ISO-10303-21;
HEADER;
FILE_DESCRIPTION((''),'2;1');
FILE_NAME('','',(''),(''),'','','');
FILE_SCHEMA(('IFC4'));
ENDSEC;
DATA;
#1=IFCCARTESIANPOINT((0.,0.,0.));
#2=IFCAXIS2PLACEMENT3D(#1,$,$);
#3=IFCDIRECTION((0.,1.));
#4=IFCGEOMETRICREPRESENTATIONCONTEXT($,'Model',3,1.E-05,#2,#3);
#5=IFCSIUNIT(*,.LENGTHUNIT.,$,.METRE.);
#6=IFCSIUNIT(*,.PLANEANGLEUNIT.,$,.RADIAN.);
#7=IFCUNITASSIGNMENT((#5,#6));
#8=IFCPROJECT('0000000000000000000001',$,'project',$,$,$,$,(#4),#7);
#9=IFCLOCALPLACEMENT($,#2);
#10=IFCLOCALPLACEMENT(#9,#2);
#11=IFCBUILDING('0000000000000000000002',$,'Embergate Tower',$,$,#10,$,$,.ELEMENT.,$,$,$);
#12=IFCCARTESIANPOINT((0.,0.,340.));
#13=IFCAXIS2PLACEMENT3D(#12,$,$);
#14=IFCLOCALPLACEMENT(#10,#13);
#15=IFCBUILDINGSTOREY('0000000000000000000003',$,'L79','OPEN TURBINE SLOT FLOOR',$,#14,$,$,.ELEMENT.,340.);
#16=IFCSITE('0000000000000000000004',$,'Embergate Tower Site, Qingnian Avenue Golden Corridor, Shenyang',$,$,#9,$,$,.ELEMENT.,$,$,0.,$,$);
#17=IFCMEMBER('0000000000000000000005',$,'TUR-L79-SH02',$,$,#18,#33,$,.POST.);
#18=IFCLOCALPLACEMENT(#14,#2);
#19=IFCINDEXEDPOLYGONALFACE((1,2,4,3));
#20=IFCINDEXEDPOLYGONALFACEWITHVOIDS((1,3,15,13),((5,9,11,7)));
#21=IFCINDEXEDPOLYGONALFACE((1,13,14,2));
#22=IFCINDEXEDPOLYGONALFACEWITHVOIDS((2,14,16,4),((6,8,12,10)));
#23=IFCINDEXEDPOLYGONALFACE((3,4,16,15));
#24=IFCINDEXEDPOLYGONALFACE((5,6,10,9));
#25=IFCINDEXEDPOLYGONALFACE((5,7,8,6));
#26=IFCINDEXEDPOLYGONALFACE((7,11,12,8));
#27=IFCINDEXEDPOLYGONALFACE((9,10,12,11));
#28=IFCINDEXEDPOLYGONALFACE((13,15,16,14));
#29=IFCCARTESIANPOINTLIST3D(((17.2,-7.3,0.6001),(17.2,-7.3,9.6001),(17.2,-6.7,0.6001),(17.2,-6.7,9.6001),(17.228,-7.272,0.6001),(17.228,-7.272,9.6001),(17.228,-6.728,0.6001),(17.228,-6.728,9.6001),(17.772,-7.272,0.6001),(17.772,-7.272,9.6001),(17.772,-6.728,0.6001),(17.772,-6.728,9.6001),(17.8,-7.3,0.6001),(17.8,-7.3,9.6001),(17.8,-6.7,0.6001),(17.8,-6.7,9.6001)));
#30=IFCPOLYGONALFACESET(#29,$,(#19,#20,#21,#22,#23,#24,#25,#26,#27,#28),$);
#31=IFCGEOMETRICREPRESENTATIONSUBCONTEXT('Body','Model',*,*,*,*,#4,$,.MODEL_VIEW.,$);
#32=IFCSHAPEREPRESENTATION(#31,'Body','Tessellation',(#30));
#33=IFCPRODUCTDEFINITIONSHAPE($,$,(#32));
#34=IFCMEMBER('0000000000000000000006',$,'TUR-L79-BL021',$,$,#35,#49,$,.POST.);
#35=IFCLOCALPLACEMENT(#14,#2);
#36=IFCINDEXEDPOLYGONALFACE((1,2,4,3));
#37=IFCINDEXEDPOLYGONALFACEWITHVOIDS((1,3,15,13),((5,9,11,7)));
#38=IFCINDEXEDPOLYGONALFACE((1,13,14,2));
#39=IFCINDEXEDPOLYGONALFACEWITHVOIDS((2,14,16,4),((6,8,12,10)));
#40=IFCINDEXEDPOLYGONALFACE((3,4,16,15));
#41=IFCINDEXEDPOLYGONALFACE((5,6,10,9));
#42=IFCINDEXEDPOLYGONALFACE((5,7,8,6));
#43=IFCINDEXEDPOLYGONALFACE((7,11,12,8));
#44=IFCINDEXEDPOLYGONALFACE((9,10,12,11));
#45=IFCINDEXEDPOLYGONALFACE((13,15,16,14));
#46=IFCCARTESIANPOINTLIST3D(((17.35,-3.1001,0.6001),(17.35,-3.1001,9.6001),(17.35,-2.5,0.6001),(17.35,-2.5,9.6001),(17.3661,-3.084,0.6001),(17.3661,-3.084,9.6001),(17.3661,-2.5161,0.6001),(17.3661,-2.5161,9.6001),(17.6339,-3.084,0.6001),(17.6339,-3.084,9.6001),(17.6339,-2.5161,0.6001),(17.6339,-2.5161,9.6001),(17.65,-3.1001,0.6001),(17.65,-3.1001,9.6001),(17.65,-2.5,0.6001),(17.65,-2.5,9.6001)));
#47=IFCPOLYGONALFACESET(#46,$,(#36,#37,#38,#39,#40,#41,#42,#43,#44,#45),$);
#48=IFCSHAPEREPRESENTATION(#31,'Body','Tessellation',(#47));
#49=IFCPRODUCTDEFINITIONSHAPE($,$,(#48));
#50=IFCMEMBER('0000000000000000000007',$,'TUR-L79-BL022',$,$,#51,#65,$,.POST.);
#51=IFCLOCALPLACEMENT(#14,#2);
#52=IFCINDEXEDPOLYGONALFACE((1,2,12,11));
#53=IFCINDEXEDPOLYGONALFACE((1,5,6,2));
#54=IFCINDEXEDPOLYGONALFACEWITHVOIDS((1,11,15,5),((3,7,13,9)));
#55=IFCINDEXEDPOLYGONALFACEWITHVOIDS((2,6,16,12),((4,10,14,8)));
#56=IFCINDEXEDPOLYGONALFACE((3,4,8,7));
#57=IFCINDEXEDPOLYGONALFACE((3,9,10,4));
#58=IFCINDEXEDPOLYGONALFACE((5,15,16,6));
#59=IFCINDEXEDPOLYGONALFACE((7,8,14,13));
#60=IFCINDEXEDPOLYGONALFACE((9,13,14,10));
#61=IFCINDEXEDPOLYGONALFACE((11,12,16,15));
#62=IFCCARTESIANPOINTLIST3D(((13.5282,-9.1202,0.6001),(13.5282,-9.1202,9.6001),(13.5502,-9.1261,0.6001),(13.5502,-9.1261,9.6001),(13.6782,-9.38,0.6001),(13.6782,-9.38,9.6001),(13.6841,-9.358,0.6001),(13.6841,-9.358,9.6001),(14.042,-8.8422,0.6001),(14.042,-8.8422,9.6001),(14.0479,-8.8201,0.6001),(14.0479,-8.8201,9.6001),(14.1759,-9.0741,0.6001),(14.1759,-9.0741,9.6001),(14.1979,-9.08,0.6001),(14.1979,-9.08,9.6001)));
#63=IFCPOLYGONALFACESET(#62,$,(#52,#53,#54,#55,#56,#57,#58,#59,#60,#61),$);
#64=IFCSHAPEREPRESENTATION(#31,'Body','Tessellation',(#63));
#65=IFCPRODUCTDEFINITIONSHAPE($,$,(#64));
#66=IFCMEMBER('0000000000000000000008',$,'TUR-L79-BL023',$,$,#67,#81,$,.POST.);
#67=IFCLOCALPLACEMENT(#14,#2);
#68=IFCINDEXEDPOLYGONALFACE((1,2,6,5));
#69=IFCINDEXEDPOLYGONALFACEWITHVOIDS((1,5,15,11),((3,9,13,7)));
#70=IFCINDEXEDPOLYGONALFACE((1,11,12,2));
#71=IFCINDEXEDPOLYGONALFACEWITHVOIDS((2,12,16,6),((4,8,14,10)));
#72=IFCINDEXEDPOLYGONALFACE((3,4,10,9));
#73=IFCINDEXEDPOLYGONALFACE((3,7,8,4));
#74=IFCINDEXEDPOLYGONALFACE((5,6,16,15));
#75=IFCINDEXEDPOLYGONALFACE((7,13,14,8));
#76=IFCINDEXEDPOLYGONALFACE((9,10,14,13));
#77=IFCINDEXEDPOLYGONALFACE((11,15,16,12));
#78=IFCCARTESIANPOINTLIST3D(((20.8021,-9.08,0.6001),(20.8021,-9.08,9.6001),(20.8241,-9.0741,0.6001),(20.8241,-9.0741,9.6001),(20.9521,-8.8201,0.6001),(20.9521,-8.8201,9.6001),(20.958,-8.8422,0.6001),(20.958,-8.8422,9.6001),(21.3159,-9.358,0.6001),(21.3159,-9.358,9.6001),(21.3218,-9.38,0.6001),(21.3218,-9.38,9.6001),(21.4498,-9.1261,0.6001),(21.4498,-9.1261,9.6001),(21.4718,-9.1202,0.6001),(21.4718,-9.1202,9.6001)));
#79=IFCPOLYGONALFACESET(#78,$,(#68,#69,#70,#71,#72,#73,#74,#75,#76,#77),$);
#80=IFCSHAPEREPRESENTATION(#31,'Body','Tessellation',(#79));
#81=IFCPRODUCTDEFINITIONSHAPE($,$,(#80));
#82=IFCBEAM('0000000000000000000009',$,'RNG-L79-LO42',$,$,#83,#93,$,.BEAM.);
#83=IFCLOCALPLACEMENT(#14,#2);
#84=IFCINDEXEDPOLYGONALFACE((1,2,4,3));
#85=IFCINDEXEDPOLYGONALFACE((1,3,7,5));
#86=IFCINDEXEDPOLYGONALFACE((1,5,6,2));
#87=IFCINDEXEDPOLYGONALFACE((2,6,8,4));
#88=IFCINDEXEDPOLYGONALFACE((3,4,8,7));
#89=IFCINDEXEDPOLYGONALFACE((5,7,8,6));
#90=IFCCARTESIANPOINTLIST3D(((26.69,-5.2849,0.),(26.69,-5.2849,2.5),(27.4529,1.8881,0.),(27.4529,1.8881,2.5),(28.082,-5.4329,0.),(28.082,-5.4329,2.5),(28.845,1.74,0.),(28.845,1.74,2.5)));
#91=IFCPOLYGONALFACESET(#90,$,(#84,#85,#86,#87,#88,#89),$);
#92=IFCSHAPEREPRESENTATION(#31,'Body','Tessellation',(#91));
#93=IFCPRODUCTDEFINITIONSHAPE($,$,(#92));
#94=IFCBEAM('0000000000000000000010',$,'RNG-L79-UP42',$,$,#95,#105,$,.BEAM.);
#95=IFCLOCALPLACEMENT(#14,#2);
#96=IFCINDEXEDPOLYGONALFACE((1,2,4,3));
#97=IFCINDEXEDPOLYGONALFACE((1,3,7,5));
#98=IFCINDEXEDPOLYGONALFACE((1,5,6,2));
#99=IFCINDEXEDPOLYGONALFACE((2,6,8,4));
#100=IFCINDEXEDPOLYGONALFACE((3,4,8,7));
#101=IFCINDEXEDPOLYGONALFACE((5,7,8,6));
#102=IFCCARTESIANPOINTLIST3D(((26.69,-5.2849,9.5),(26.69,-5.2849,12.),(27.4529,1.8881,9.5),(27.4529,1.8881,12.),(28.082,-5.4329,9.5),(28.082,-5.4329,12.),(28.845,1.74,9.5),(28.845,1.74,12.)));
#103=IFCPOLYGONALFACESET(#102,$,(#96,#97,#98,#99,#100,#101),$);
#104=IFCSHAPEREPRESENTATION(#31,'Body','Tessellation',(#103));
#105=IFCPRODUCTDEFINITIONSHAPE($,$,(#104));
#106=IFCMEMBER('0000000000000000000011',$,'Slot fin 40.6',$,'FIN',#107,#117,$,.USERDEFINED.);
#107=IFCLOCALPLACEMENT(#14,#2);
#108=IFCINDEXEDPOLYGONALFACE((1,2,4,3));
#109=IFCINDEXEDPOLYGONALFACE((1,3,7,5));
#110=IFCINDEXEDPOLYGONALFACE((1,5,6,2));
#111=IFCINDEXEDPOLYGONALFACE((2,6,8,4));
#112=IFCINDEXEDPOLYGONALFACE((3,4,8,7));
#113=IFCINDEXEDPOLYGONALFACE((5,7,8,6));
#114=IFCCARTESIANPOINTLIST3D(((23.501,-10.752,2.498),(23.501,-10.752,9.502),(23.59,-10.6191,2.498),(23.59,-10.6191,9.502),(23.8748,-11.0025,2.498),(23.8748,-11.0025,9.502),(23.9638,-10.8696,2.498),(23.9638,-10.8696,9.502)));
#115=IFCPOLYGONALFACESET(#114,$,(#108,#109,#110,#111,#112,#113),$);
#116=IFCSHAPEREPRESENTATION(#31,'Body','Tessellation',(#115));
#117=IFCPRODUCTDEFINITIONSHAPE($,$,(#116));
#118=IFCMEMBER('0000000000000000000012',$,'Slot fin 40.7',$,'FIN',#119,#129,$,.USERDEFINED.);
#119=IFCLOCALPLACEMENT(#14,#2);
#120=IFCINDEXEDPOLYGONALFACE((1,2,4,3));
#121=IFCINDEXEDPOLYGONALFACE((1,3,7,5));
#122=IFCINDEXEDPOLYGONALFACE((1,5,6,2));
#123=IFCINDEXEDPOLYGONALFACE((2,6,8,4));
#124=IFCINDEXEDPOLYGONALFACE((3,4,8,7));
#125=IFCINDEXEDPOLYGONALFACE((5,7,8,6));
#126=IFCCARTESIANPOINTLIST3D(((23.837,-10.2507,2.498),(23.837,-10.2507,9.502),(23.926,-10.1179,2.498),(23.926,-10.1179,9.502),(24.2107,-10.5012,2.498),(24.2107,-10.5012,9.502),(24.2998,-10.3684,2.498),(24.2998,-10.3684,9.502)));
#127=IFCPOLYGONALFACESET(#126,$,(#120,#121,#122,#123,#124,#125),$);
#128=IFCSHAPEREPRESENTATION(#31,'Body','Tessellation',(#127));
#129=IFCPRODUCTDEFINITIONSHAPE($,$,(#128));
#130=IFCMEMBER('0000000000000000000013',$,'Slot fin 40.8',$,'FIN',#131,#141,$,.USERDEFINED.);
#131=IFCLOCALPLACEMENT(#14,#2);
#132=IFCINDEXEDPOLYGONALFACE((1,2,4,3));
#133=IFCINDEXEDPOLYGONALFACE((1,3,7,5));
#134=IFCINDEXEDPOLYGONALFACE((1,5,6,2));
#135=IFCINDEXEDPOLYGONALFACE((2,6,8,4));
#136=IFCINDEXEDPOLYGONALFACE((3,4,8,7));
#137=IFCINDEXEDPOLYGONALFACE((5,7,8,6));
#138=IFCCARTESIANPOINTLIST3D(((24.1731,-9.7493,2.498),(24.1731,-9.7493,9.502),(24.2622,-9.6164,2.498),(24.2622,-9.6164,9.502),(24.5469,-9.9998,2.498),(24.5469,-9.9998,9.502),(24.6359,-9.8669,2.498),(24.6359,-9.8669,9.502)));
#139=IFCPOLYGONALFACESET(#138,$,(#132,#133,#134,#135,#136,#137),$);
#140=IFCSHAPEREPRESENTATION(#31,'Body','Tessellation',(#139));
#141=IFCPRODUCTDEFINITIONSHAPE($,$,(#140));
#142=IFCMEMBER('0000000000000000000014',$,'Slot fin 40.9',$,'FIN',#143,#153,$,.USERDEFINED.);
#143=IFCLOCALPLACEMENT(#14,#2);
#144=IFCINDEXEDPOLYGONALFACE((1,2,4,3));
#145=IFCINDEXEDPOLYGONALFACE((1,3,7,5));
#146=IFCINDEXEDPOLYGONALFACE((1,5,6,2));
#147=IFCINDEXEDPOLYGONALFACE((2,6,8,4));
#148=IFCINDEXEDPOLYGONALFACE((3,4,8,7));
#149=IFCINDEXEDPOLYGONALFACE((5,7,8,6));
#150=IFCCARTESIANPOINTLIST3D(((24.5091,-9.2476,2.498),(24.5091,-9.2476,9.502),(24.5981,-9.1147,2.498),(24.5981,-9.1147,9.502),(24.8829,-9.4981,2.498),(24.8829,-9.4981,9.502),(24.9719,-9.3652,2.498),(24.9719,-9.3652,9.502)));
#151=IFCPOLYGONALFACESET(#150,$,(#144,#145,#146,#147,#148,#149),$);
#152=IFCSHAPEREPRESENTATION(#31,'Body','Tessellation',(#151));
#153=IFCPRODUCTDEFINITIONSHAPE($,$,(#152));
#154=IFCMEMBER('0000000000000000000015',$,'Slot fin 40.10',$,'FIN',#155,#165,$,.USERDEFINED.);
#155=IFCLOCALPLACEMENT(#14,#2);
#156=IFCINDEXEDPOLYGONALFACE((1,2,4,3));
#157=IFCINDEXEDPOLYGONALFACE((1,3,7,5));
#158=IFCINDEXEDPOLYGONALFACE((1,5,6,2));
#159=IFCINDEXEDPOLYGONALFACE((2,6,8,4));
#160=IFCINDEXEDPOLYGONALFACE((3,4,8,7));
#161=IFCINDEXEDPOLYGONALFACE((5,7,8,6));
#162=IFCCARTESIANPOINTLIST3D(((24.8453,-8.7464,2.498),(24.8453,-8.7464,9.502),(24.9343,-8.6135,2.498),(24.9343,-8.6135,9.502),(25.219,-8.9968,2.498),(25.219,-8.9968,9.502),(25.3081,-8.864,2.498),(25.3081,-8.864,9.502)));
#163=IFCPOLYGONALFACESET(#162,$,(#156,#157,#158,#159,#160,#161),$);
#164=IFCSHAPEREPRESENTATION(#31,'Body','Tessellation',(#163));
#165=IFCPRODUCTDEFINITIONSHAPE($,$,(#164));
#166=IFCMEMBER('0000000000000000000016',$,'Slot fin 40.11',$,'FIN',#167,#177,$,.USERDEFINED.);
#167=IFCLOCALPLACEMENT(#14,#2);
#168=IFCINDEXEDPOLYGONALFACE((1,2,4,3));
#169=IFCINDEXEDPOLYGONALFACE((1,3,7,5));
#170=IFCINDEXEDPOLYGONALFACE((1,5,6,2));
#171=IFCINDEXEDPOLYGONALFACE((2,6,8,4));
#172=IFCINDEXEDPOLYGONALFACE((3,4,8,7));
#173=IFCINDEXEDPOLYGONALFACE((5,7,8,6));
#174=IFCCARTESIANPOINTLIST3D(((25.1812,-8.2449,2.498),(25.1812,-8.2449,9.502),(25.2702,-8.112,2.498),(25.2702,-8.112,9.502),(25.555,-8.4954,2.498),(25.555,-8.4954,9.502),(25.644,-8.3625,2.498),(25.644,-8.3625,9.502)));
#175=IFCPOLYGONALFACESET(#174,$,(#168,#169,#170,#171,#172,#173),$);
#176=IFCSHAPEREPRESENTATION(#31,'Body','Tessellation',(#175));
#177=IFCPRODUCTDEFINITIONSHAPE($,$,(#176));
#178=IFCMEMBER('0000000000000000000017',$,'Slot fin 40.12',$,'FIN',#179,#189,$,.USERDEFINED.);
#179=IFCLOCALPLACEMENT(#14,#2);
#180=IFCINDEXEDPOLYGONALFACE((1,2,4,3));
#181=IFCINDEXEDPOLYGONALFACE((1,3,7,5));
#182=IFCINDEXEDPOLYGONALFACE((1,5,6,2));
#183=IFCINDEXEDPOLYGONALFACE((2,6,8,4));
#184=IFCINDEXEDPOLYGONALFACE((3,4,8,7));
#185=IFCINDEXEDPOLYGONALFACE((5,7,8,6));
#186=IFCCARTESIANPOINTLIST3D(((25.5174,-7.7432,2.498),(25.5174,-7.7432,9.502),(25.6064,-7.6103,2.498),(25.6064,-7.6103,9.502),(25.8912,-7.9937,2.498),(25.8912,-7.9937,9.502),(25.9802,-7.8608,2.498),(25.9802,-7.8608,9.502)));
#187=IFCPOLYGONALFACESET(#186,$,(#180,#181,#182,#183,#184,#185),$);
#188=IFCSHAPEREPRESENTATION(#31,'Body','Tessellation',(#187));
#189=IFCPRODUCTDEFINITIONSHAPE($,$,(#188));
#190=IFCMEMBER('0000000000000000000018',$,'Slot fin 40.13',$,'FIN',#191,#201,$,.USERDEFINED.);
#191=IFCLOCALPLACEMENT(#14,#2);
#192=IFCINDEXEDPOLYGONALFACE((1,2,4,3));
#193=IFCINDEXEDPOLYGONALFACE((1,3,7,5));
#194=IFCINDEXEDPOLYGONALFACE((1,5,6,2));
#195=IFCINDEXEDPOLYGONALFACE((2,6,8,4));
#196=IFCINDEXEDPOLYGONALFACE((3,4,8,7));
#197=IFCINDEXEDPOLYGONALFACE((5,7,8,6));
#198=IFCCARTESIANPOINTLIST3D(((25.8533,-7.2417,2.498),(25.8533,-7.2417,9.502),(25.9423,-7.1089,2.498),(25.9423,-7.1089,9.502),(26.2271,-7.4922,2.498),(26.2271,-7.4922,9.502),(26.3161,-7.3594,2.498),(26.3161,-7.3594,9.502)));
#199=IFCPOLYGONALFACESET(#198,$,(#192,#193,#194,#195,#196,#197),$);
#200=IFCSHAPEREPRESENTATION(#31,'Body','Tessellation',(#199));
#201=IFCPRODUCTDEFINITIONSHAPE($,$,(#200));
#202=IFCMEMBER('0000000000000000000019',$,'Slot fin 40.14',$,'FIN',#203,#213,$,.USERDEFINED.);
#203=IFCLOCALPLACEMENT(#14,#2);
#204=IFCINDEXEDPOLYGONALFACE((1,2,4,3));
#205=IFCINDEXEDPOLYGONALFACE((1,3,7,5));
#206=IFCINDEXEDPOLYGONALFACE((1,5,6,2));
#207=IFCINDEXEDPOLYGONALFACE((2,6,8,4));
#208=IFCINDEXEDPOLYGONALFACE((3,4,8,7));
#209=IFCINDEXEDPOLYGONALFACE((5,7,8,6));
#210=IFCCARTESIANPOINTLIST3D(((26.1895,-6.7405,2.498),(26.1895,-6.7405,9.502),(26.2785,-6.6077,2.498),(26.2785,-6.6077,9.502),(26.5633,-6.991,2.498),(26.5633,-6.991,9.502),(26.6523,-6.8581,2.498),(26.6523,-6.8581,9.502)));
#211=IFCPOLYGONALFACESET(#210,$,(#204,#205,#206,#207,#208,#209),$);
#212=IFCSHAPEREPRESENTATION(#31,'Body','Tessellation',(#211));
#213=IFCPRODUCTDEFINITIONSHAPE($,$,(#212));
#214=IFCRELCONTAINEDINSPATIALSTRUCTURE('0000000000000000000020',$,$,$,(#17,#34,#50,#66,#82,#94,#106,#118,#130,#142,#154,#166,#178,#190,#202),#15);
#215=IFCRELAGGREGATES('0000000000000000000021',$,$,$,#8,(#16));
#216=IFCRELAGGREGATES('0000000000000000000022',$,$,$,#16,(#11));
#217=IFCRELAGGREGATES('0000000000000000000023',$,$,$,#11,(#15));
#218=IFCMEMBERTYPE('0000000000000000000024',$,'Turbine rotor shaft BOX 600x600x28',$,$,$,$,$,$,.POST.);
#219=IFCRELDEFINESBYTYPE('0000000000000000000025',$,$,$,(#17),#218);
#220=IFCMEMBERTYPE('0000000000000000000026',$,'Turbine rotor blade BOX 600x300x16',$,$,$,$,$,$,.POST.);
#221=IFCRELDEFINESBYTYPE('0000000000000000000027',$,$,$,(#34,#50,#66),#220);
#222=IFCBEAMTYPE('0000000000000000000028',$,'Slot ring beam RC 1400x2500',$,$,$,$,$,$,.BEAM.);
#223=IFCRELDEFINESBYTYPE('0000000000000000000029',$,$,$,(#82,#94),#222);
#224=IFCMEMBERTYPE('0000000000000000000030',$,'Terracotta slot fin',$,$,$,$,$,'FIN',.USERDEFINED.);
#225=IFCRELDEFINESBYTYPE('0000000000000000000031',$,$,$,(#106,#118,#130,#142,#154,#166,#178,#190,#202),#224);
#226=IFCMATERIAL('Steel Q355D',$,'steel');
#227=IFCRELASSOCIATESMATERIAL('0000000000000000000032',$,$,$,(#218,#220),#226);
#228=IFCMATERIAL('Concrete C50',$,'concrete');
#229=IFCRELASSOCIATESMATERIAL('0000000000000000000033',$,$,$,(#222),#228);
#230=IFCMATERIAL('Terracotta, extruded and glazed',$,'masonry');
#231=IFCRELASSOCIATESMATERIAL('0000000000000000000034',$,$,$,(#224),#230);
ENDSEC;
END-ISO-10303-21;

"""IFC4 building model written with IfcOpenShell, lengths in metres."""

from ifc_helpers import new_model, si_unit, direction, frame, origin, origin_2d, place, context, subcontext, project, spatial, rectangle, hollow_rectangle, extrude, source, transform, mapped, material, material_profile, profile_set, type_object, element, save


model = new_model("IFC4")

# Units and contexts
model_context = context("Model", 3, precision=1e-05, world=origin(), true_north=direction((0.0, 1.0)))
body_context = subcontext(model_context, "Body", "Model", "MODEL_VIEW")
ifc_project = project(units=[si_unit("LENGTHUNIT", "METRE"), si_unit("PLANEANGLEUNIT", "RADIAN")], contexts=[model_context])

# Site, building, storey
site_placement = place(None, origin())
site = spatial("IfcSite", under=ifc_project, at=site_placement, Name="Embergate Tower Site, Qingnian Avenue Golden Corridor, Shenyang", CompositionType="ELEMENT", RefElevation=0.0)
building_placement = place(site_placement, origin())
building = spatial("IfcBuilding", under=site, at=building_placement, Name="Embergate Tower", CompositionType="ELEMENT")
storey_placement = place(building_placement, frame((0.0, 0.0, 340.0)))
storey = spatial("IfcBuildingStorey", under=building, at=storey_placement, Name="L79", Description="OPEN TURBINE SLOT FLOOR", CompositionType="ELEMENT", Elevation=340.0)

# Shared definitions
ifc_material_1 = material(Name="Concrete C50", Category="concrete")

# Shared definitions
ifc_material_2 = material(Name="Steel Q355D", Category="steel")

# Members
ifc_material_profile_1 = material_profile(ifc_material_2, hollow_rectangle(XDim=0.6001, YDim=0.6001, WallThickness=0.0281, at=origin_2d()), Name="BOX 600x600x28")
ifc_profile_set_1 = profile_set([ifc_material_profile_1], Name="Steel Q355 grade D")
member_type_1 = type_object("IfcMemberType", Name="Turbine rotor shaft BOX 600x600x28", PredefinedType="POST", material=ifc_profile_set_1)
shared_shape_1 = source(origin(), body_context, "Body", "SweptSolid", [
    extrude(hollow_rectangle(XDim=0.6001, YDim=0.6001, WallThickness=0.0281, at=origin_2d()), origin(), (0.0, 0.0, 1.0), 9.0),
])
member_1_placement = place(storey_placement, frame((17.5, -7.0, 0.6001), z_axis=(0.0, 0.0, 1.0), x_axis=(1.0, 0.0, 0.0)))
element("IfcMember", 1, at=member_1_placement, inside=storey, type_object=member_type_1, Name="TUR-L79-SH02", PredefinedType="POST", context=body_context, shape_type="MappedRepresentation", body=[
    mapped(shared_shape_1, transform((0.0, 0.0, 0.0))),
])
ifc_material_profile_2 = material_profile(ifc_material_2, hollow_rectangle(XDim=0.3, YDim=0.6001, WallThickness=0.0161, at=origin_2d()), Name="BOX 600x300x16")
ifc_profile_set_2 = profile_set([ifc_material_profile_2], Name="Steel Q355 grade D")
member_type_2 = type_object("IfcMemberType", Name="Turbine rotor blade BOX 600x300x16", PredefinedType="POST", material=ifc_profile_set_2)
shared_shape_2 = source(origin(), body_context, "Body", "SweptSolid", [
    extrude(hollow_rectangle(XDim=0.3, YDim=0.6001, WallThickness=0.0161, at=origin_2d()), origin(), (0.0, 0.0, 1.0), 9.0),
])
for number, where, z_axis, x_axis, name in (
    (2, (17.5, -2.8, 0.6001), (0.0, 0.0, 1.0), (-1.0, 0.0, 0.0), "TUR-L79-BL021"),
    (3, (13.863, -9.1001, 0.6001), (0.0, 0.0, 1.0), (0.5, -0.866025, 0.0), "TUR-L79-BL022"),
    (4, (21.137, -9.1001, 0.6001), (0.0, 0.0, 1.0), (0.5, 0.866025, 0.0), "TUR-L79-BL023"),
):
    element("IfcMember", number, at=place(storey_placement, frame(where, z_axis=z_axis, x_axis=x_axis)), inside=storey, type_object=member_type_2, Name=name, PredefinedType="POST", context=body_context, shape_type="MappedRepresentation", body=[
        mapped(shared_shape_2, transform((0.0, 0.0, 0.0))),
    ])

# Beams
ifc_material_profile_3 = material_profile(ifc_material_1, rectangle(XDim=1.3999, YDim=2.5, at=origin_2d()), Name="RC 1400x2500")
ifc_profile_set_3 = profile_set([ifc_material_profile_3], Name="Concrete C50")
beam_type_1 = type_object("IfcBeamType", Name="Slot ring beam RC 1400x2500", PredefinedType="BEAM", material=ifc_profile_set_3)
shared_shape_3 = source(origin(), body_context, "Body", "SweptSolid", [
    extrude(rectangle(XDim=1.3999, YDim=2.5, at=origin_2d()), origin(), (0.0, 0.0, 1.0), 7.2134),
])
for number, where, z_axis, x_axis, name in (
    (5, (27.386, -5.3589, 1.25), (0.105768, 0.994391, 0.0), (-0.994391, 0.105768, 0.0), "RNG-L79-LO42"),
    (6, (27.386, -5.3589, 10.75), (0.105768, 0.994391, 0.0), (-0.994391, 0.105768, 0.0), "RNG-L79-UP42"),
):
    element("IfcBeam", number, at=place(storey_placement, frame(where, z_axis=z_axis, x_axis=x_axis)), inside=storey, type_object=beam_type_1, Name=name, PredefinedType="BEAM", context=body_context, shape_type="MappedRepresentation", body=[
        mapped(shared_shape_3, transform((0.0, 0.0, 0.0))),
    ])

# Members
ifc_material_3 = material(Name="Terracotta, extruded and glazed", Category="masonry")
ifc_material_profile_4 = material_profile(ifc_material_3, rectangle(XDim=0.45, YDim=0.1599, at=origin_2d()), Name="TC 450x160")
ifc_profile_set_4 = profile_set([ifc_material_profile_4], Name="Terracotta, extruded and glazed")
member_type_3 = type_object("IfcMemberType", Name="Terracotta slot fin", ElementType="FIN", PredefinedType="USERDEFINED", material=ifc_profile_set_4)
shared_shape_4 = source(origin(), body_context, "Body", "SweptSolid", [
    extrude(rectangle(XDim=0.45, YDim=0.1599, at=origin_2d()), origin(), (0.0, 0.0, 1.0), 7.0039),
])
for number, where, z_axis, x_axis, name in (
    (7, (23.7324, -10.8108, 2.498), (0.0, 0.0, 1.0), (-0.830713, 0.556702, 0.0), "Slot fin 40.6"),
    (8, (24.0684, -10.3096, 2.498), (0.0, 0.0, 1.0), (-0.830713, 0.556702, 0.0), "Slot fin 40.7"),
    (9, (24.4045, -9.8081, 2.498), (0.0, 0.0, 1.0), (-0.830713, 0.556702, 0.0), "Slot fin 40.8"),
    (10, (24.7405, -9.3064, 2.498), (0.0, 0.0, 1.0), (-0.830713, 0.556702, 0.0), "Slot fin 40.9"),
    (11, (25.0767, -8.8052, 2.498), (0.0, 0.0, 1.0), (-0.830713, 0.556702, 0.0), "Slot fin 40.10"),
    (12, (25.4126, -8.3037, 2.498), (0.0, 0.0, 1.0), (-0.830713, 0.556702, 0.0), "Slot fin 40.11"),
    (13, (25.7488, -7.802, 2.498), (0.0, 0.0, 1.0), (-0.830713, 0.556702, 0.0), "Slot fin 40.12"),
    (14, (26.0847, -7.3005, 2.498), (0.0, 0.0, 1.0), (-0.830713, 0.556702, 0.0), "Slot fin 40.13"),
    (15, (26.4209, -6.7993, 2.498), (0.0, 0.0, 1.0), (-0.830713, 0.556702, 0.0), "Slot fin 40.14"),
):
    element("IfcMember", number, at=place(storey_placement, frame(where, z_axis=z_axis, x_axis=x_axis)), inside=storey, type_object=member_type_3, Name=name, ObjectType="FIN", PredefinedType="USERDEFINED", context=body_context, shape_type="MappedRepresentation", body=[
        mapped(shared_shape_4, transform((0.0, 0.0, 0.0))),
    ])

save(model, "model.ifc")
